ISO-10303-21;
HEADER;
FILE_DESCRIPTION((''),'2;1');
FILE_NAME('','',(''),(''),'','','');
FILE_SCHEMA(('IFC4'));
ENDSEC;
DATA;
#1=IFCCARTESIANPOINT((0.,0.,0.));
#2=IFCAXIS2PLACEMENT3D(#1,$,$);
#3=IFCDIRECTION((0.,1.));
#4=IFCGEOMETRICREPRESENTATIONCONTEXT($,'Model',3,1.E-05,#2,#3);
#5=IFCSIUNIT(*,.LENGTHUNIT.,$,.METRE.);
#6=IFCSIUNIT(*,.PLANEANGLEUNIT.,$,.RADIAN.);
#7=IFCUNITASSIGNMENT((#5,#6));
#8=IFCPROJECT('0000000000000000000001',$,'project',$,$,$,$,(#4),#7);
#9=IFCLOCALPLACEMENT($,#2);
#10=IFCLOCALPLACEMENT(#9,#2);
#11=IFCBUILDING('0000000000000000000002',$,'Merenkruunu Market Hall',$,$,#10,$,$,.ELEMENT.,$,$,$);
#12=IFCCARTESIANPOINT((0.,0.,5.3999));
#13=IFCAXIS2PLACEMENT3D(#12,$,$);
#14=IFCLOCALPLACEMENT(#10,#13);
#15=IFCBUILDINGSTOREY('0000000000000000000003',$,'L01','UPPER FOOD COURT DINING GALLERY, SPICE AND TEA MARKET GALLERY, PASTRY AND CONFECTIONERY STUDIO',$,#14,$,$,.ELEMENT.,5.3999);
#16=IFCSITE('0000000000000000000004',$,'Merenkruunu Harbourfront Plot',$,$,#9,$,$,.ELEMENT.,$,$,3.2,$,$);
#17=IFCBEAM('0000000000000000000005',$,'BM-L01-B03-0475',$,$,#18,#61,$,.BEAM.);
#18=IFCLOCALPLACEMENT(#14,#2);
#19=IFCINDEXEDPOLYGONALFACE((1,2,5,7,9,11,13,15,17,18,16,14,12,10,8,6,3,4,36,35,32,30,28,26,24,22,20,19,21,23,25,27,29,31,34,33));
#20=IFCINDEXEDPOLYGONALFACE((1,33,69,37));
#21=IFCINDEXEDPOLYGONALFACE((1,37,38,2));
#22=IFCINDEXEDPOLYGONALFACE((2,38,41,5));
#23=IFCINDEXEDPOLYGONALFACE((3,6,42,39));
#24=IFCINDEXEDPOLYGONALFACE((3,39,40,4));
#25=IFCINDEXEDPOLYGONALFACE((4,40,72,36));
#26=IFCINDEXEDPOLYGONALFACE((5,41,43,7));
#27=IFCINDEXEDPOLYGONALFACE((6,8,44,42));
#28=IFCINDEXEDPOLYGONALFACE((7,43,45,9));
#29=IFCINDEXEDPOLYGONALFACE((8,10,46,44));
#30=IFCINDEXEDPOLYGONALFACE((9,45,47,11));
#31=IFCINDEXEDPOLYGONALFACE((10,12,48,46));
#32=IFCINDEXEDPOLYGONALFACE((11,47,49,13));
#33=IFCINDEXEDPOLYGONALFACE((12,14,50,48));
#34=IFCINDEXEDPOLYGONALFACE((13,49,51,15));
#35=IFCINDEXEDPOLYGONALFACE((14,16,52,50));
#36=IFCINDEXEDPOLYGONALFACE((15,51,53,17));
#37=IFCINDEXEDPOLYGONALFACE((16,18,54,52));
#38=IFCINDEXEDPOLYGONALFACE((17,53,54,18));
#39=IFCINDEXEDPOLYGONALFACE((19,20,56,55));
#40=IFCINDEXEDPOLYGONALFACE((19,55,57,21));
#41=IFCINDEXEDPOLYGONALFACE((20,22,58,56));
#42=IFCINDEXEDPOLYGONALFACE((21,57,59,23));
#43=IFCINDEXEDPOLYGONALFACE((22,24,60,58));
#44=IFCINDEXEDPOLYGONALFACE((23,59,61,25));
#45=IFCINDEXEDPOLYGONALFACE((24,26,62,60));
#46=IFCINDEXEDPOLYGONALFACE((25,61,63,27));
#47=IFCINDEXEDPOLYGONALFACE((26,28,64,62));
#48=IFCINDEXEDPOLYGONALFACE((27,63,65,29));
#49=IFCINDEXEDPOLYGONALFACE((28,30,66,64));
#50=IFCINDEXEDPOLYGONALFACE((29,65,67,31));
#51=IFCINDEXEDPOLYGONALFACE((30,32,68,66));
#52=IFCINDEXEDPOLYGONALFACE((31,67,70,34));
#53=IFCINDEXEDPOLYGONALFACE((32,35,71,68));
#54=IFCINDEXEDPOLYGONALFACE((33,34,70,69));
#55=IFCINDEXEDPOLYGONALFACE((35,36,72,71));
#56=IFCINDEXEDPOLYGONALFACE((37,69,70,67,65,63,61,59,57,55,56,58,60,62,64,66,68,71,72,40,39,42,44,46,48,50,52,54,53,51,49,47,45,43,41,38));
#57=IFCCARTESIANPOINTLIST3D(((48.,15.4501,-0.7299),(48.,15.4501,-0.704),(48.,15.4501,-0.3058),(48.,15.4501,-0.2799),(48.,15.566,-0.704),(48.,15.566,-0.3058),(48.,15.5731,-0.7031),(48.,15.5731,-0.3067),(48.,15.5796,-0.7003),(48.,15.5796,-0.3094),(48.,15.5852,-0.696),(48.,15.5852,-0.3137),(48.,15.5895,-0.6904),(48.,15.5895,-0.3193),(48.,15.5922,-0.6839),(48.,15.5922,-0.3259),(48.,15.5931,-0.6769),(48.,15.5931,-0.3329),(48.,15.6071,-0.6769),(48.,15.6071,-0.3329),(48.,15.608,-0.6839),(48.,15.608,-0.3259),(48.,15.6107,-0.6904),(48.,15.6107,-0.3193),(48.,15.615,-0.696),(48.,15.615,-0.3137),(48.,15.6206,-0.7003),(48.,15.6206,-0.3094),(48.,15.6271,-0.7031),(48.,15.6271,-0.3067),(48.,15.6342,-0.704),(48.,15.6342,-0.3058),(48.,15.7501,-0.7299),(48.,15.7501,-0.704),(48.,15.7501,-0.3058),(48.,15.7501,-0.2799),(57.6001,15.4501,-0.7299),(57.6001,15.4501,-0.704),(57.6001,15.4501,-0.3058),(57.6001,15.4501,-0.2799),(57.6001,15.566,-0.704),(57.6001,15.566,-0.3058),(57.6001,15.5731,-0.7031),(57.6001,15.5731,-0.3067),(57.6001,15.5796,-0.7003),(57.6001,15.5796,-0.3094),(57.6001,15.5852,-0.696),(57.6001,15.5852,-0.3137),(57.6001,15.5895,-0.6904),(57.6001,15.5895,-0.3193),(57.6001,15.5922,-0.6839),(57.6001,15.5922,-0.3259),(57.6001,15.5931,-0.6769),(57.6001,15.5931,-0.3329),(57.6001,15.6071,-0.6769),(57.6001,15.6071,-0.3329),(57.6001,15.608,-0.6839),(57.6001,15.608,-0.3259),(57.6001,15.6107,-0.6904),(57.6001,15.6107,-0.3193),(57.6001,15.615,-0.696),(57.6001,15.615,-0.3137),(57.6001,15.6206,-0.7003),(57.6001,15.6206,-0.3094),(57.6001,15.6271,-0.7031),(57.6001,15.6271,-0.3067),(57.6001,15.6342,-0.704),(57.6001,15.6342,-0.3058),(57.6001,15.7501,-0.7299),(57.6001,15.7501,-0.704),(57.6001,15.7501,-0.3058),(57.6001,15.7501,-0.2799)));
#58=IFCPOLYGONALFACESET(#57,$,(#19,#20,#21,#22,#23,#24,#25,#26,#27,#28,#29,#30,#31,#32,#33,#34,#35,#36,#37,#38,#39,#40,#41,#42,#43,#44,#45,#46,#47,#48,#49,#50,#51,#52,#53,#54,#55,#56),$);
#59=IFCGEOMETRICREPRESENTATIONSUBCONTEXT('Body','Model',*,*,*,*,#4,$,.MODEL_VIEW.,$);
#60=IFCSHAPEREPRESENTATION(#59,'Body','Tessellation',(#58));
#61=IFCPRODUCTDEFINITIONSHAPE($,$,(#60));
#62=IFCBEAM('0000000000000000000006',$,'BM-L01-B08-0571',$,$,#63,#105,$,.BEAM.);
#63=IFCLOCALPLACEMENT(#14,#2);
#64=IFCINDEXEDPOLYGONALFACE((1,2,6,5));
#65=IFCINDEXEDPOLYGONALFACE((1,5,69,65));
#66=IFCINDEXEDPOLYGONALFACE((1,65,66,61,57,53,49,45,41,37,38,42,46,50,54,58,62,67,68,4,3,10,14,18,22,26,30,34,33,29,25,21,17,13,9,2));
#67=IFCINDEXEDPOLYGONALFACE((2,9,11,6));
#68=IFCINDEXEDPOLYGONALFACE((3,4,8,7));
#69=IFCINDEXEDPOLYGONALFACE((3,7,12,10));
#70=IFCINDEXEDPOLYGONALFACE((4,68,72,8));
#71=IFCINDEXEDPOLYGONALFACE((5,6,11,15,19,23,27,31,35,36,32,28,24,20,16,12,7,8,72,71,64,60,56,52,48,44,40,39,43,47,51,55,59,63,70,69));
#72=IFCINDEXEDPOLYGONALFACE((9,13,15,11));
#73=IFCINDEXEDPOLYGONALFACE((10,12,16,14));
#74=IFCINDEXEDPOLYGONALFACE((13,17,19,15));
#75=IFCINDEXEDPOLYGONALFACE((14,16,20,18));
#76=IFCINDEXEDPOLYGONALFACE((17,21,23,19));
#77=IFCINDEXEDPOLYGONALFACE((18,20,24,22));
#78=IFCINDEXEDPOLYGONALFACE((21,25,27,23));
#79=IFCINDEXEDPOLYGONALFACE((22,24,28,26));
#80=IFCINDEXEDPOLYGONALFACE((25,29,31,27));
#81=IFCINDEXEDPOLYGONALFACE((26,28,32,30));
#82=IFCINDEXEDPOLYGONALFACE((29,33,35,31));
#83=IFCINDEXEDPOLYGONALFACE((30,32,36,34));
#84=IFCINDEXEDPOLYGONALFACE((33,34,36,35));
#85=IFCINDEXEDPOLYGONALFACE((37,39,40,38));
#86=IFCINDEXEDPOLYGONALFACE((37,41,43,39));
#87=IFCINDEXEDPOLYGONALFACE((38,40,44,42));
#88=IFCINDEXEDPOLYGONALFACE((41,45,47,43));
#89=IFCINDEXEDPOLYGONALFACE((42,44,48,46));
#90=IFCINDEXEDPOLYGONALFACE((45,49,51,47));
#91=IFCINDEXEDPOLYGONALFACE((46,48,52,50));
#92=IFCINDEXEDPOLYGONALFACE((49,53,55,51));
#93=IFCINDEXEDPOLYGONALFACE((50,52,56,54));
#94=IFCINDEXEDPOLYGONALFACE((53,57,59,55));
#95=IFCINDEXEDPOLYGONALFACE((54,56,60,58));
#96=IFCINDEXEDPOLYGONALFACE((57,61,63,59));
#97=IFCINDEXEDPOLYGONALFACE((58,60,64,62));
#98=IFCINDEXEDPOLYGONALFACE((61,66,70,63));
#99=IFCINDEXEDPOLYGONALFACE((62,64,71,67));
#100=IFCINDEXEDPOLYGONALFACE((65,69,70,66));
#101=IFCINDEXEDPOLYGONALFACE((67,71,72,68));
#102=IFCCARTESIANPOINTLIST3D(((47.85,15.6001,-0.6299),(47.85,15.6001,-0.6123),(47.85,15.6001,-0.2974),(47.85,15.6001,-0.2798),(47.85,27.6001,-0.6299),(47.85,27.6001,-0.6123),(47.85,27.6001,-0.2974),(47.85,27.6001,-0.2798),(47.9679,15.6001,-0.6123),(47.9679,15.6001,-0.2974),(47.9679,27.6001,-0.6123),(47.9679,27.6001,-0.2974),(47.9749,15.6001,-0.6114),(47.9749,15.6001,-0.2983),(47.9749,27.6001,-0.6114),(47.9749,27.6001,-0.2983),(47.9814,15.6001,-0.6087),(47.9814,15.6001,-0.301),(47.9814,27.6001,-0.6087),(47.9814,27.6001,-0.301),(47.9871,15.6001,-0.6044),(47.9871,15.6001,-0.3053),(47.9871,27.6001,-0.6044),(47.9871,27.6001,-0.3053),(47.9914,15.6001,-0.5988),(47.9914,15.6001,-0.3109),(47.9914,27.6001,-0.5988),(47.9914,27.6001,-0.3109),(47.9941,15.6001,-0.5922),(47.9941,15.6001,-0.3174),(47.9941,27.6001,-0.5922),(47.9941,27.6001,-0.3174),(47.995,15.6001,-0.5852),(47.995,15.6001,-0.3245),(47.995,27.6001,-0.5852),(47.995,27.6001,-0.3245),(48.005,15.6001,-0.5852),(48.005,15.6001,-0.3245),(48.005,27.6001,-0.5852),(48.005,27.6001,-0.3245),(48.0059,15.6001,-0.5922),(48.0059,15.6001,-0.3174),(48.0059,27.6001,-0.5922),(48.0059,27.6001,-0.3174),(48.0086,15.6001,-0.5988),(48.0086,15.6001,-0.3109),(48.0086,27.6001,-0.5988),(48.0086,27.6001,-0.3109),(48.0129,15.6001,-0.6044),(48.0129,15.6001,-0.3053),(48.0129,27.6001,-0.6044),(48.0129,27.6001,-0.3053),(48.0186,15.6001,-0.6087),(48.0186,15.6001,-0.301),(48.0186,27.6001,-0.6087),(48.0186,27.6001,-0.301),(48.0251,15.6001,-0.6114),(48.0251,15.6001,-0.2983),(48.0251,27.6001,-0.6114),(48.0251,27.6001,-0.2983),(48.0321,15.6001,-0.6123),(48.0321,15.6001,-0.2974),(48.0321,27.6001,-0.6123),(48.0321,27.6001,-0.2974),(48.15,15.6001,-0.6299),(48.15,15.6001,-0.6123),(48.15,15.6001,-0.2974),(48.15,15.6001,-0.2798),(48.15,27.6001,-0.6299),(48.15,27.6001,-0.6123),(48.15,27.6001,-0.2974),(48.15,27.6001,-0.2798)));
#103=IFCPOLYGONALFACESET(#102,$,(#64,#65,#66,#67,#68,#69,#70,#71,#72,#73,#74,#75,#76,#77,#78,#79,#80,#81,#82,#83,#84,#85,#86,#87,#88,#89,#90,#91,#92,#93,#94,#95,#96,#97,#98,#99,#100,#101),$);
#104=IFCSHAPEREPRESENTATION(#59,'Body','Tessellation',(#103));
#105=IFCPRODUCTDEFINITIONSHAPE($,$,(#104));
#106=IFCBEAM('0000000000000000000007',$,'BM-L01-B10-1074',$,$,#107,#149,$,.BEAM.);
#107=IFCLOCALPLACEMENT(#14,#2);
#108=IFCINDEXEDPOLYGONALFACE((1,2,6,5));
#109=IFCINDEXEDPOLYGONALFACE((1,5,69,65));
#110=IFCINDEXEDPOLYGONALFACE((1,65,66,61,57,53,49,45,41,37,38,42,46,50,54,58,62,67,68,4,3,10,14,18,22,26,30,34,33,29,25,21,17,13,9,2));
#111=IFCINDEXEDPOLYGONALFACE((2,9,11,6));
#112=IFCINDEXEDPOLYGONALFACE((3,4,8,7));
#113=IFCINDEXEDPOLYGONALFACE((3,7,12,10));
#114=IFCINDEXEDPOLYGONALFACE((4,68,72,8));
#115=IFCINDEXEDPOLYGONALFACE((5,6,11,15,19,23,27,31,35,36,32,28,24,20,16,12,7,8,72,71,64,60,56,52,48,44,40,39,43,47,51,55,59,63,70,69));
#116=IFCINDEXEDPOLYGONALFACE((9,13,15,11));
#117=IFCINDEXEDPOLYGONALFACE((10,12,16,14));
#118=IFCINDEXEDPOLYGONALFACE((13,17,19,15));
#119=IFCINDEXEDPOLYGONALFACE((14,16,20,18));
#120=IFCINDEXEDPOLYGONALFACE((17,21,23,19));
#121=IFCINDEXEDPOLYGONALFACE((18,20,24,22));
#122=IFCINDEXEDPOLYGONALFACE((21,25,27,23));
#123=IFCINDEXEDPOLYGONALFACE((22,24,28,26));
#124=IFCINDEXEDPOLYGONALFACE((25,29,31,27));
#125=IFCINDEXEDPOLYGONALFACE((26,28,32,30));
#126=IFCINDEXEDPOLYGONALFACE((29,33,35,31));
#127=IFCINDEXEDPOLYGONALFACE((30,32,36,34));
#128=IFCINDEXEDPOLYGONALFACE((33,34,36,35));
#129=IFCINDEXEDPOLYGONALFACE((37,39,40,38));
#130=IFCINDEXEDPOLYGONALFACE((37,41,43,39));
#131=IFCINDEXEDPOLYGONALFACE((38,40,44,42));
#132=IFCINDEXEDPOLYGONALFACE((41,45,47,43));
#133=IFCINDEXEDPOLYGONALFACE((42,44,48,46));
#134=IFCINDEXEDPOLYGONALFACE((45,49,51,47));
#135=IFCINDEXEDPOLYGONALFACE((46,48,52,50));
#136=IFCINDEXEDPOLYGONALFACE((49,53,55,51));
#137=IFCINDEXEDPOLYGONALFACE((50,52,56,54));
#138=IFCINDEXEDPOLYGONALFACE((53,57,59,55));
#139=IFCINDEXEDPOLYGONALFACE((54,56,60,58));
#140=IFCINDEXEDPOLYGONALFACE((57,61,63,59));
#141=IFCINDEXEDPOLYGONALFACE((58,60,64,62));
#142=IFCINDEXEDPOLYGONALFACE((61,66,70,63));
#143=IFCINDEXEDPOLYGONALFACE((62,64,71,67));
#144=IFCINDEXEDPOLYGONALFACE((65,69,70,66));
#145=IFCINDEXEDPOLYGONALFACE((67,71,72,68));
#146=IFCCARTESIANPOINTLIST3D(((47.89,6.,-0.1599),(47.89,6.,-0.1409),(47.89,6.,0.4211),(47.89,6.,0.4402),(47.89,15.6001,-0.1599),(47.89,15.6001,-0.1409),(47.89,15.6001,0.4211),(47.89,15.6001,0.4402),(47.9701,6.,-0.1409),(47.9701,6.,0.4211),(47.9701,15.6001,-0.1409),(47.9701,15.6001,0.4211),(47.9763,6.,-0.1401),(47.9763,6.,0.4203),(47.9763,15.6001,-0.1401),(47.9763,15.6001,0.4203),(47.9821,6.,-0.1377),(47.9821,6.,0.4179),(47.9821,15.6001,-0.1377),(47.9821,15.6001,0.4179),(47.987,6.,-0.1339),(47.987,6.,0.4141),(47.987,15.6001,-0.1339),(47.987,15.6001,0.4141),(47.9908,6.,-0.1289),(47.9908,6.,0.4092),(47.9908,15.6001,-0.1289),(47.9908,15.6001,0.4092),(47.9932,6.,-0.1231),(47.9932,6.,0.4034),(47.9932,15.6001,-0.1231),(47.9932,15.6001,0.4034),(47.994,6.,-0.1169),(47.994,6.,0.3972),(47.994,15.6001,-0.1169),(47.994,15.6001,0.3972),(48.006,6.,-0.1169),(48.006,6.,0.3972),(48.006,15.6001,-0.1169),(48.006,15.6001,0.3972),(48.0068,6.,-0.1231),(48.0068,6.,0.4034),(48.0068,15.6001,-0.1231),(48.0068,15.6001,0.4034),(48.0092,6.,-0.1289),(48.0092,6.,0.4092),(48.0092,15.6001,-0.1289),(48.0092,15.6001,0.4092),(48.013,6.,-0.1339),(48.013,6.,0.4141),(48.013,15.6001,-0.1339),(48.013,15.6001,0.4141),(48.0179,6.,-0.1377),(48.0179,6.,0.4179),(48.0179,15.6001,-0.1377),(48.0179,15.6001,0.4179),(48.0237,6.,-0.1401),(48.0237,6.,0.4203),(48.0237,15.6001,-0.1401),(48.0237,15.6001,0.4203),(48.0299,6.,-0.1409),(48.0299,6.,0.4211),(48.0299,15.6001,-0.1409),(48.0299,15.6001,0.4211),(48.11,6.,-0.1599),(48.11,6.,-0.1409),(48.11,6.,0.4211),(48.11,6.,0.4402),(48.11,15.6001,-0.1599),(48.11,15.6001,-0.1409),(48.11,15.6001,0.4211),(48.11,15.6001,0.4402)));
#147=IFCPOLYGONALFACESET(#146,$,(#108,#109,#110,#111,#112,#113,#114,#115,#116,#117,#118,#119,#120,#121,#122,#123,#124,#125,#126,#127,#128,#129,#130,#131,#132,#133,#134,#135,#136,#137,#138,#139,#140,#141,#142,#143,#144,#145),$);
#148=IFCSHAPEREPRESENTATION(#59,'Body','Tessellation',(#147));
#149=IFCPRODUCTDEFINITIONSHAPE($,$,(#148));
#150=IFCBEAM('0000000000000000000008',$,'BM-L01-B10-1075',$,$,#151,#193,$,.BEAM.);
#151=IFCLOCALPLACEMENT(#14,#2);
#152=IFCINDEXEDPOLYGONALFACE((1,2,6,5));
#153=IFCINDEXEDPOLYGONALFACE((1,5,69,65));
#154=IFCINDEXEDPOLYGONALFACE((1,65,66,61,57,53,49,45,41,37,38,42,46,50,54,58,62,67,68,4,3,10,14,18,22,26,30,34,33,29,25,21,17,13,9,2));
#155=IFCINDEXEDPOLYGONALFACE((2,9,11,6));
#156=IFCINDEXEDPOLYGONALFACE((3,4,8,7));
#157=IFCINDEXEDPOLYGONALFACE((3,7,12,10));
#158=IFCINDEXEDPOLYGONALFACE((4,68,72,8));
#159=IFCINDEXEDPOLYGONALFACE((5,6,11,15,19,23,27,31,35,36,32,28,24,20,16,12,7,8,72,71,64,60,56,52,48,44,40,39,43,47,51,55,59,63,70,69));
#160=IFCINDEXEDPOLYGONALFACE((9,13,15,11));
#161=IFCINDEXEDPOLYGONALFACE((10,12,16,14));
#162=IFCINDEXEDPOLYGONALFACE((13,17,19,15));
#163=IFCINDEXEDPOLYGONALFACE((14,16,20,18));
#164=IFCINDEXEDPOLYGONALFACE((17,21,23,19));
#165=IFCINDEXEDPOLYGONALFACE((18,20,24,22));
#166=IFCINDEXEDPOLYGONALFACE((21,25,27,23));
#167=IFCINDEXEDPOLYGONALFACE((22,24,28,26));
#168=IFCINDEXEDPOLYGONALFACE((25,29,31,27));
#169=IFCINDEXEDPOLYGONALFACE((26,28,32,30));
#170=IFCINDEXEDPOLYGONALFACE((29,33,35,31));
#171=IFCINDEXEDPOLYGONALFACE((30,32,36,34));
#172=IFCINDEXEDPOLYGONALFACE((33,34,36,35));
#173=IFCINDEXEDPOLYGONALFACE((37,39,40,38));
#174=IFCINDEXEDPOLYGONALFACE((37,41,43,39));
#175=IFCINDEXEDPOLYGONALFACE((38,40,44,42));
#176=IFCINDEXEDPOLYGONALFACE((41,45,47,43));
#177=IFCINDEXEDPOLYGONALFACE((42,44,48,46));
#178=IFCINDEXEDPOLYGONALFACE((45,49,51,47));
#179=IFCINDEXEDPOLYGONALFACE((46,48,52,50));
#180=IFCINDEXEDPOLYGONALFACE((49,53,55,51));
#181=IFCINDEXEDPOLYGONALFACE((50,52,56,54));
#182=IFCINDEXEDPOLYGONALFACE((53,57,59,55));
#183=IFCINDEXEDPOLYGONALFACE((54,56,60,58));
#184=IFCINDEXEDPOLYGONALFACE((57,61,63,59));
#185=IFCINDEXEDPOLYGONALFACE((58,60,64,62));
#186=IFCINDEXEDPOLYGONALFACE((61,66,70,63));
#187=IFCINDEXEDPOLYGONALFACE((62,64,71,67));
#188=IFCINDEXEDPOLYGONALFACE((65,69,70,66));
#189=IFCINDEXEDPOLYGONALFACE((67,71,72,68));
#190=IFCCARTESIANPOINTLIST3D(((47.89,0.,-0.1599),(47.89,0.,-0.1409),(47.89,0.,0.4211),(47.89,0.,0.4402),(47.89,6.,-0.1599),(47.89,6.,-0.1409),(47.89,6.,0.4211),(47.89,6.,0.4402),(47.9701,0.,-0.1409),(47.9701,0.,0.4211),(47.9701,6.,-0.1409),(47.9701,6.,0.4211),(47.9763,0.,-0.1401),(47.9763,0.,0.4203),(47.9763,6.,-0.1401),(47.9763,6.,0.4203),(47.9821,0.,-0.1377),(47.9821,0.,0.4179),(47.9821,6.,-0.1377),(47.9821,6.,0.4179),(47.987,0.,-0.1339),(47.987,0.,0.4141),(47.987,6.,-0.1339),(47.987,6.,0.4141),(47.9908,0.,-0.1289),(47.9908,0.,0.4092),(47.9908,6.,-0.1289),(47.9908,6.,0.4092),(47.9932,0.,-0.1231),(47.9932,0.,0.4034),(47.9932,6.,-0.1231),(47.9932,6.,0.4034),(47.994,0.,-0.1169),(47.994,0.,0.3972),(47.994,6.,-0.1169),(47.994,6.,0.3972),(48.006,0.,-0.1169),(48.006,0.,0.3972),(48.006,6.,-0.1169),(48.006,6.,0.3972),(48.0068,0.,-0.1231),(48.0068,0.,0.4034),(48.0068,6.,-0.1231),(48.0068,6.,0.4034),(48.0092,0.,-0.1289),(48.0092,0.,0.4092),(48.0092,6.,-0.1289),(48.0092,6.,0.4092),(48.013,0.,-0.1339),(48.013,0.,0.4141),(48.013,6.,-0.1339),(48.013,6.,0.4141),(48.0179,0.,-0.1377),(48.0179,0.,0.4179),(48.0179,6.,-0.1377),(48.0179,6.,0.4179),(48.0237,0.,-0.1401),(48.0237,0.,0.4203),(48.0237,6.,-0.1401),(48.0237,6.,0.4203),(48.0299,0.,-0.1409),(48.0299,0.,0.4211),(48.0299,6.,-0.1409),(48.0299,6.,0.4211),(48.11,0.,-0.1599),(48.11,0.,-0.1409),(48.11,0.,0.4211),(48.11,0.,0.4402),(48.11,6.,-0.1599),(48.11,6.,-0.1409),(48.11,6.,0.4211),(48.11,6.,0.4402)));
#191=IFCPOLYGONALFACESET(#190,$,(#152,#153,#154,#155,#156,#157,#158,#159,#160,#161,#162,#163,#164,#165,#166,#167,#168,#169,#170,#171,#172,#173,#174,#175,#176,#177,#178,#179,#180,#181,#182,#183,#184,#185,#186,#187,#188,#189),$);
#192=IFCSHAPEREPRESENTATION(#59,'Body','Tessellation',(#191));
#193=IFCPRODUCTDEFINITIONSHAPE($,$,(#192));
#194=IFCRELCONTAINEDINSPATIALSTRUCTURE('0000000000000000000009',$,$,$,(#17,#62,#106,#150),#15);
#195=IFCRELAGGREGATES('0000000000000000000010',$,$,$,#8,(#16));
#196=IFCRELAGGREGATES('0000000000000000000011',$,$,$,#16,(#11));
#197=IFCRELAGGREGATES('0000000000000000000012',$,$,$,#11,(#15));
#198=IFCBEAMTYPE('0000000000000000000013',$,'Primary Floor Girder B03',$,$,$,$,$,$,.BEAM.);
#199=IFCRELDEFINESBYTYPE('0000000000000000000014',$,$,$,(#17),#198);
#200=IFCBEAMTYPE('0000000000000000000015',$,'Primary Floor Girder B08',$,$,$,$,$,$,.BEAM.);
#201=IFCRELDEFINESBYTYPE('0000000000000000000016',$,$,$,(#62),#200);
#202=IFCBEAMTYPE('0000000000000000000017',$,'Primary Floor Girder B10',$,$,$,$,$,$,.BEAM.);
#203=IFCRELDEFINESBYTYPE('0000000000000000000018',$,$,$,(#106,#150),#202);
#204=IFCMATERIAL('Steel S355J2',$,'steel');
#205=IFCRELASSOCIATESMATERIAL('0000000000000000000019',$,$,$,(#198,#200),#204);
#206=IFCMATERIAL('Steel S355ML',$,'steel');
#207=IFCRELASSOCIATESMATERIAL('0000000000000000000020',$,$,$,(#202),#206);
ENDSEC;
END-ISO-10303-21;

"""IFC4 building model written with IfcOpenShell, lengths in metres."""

from ifc_helpers import new_model, si_unit, direction, frame, origin, origin_2d, place, context, subcontext, project, spatial, i_section, extrude, material, material_profile, profile_set, type_object, element, save


model = new_model("IFC4")

# Units and contexts
model_context = context("Model", 3, precision=1e-05, world=origin(), true_north=direction((0.0, 1.0)))
body_context = subcontext(model_context, "Body", "Model", "MODEL_VIEW")
ifc_project = project(units=[si_unit("LENGTHUNIT", "METRE"), si_unit("PLANEANGLEUNIT", "RADIAN")], contexts=[model_context])

# Site, building, storey
site_placement = place(None, origin())
site = spatial("IfcSite", under=ifc_project, at=site_placement, Name="Merenkruunu Harbourfront Plot", CompositionType="ELEMENT", RefElevation=3.2)
building_placement = place(site_placement, origin())
building = spatial("IfcBuilding", under=site, at=building_placement, Name="Merenkruunu Market Hall", CompositionType="ELEMENT")
storey_placement = place(building_placement, frame((0.0, 0.0, 5.3999)))
storey = spatial("IfcBuildingStorey", under=building, at=storey_placement, Name="L01", Description="UPPER FOOD COURT DINING GALLERY, SPICE AND TEA MARKET GALLERY, PASTRY AND CONFECTIONERY STUDIO", CompositionType="ELEMENT", Elevation=5.3999)

# Shared definitions
ifc_material_1 = material(Name="Steel S355J2", Category="steel")

# Beams
ifc_material_2 = material(Name="Steel S355ML", Category="steel")
ifc_material_profile_1 = material_profile(ifc_material_1, i_section(OverallWidth=0.3, OverallDepth=0.45, WebThickness=0.0139, FlangeThickness=0.0259, FilletRadius=0.0271, at=origin_2d()), Name="HEB 450")
ifc_profile_set_1 = profile_set([ifc_material_profile_1], Name="Steel S355J2")
beam_type_1 = type_object("IfcBeamType", Name="Primary Floor Girder B03", PredefinedType="BEAM", material=ifc_profile_set_1)
beam_1_placement = place(storey_placement, frame((48.0, 15.6001, -0.5049), z_axis=(1.0, 0.0, 0.0), x_axis=(0.0, 1.0, 0.0)))
element("IfcBeam", 1, at=beam_1_placement, inside=storey, type_object=beam_type_1, Name="BM-L01-B03-0475", PredefinedType="BEAM", context=body_context, shape_type="SweptSolid", body=[
    extrude(i_section(OverallWidth=0.3, OverallDepth=0.45, WebThickness=0.0139, FlangeThickness=0.0259, FilletRadius=0.0271, at=origin_2d()), origin(), (0.0, 0.0, 1.0), 9.6001),
])
ifc_material_profile_2 = material_profile(ifc_material_1, i_section(OverallWidth=0.3, OverallDepth=0.3501, WebThickness=0.01, FlangeThickness=0.0176, FilletRadius=0.0271, at=origin_2d()), Name="HEA 360")
ifc_profile_set_2 = profile_set([ifc_material_profile_2], Name="Steel S355J2")
beam_type_2 = type_object("IfcBeamType", Name="Primary Floor Girder B08", PredefinedType="BEAM", material=ifc_profile_set_2)
beam_2_placement = place(storey_placement, frame((48.0, 15.6001, -0.4548), z_axis=(0.0, 1.0, 0.0), x_axis=(-1.0, 0.0, 0.0)))
element("IfcBeam", 2, at=beam_2_placement, inside=storey, type_object=beam_type_2, Name="BM-L01-B08-0571", PredefinedType="BEAM", context=body_context, shape_type="SweptSolid", body=[
    extrude(i_section(OverallWidth=0.3, OverallDepth=0.3501, WebThickness=0.01, FlangeThickness=0.0176, FilletRadius=0.0271, at=origin_2d()), origin(), (0.0, 0.0, 1.0), 12.0),
])
ifc_material_profile_3 = material_profile(ifc_material_2, i_section(OverallWidth=0.22, OverallDepth=0.6001, WebThickness=0.012, FlangeThickness=0.019, FilletRadius=0.0239, at=origin_2d()), Name="IPE 600")
ifc_profile_set_3 = profile_set([ifc_material_profile_3], Name="Steel S355ML")
beam_type_3 = type_object("IfcBeamType", Name="Primary Floor Girder B10", PredefinedType="BEAM", material=ifc_profile_set_3)
beam_3_placement = place(storey_placement, frame((48.0, 15.6001, 0.1401), z_axis=(0.0, -1.0, 0.0), x_axis=(1.0, 0.0, 0.0)))
element("IfcBeam", 3, at=beam_3_placement, inside=storey, type_object=beam_type_3, Name="BM-L01-B10-1074", PredefinedType="BEAM", context=body_context, shape_type="SweptSolid", body=[
    extrude(i_section(OverallWidth=0.22, OverallDepth=0.6001, WebThickness=0.012, FlangeThickness=0.019, FilletRadius=0.0239, at=origin_2d()), origin(), (0.0, 0.0, 1.0), 9.6001),
])
beam_4_placement = place(storey_placement, frame((48.0, 6.0, 0.1401), z_axis=(0.0, -1.0, 0.0), x_axis=(1.0, 0.0, 0.0)))
element("IfcBeam", 4, at=beam_4_placement, inside=storey, type_object=beam_type_3, Name="BM-L01-B10-1075", PredefinedType="BEAM", context=body_context, shape_type="SweptSolid", body=[
    extrude(i_section(OverallWidth=0.22, OverallDepth=0.6001, WebThickness=0.012, FlangeThickness=0.019, FilletRadius=0.0239, at=origin_2d()), origin(), (0.0, 0.0, 1.0), 6.0),
])

save(model, "model.ifc")
